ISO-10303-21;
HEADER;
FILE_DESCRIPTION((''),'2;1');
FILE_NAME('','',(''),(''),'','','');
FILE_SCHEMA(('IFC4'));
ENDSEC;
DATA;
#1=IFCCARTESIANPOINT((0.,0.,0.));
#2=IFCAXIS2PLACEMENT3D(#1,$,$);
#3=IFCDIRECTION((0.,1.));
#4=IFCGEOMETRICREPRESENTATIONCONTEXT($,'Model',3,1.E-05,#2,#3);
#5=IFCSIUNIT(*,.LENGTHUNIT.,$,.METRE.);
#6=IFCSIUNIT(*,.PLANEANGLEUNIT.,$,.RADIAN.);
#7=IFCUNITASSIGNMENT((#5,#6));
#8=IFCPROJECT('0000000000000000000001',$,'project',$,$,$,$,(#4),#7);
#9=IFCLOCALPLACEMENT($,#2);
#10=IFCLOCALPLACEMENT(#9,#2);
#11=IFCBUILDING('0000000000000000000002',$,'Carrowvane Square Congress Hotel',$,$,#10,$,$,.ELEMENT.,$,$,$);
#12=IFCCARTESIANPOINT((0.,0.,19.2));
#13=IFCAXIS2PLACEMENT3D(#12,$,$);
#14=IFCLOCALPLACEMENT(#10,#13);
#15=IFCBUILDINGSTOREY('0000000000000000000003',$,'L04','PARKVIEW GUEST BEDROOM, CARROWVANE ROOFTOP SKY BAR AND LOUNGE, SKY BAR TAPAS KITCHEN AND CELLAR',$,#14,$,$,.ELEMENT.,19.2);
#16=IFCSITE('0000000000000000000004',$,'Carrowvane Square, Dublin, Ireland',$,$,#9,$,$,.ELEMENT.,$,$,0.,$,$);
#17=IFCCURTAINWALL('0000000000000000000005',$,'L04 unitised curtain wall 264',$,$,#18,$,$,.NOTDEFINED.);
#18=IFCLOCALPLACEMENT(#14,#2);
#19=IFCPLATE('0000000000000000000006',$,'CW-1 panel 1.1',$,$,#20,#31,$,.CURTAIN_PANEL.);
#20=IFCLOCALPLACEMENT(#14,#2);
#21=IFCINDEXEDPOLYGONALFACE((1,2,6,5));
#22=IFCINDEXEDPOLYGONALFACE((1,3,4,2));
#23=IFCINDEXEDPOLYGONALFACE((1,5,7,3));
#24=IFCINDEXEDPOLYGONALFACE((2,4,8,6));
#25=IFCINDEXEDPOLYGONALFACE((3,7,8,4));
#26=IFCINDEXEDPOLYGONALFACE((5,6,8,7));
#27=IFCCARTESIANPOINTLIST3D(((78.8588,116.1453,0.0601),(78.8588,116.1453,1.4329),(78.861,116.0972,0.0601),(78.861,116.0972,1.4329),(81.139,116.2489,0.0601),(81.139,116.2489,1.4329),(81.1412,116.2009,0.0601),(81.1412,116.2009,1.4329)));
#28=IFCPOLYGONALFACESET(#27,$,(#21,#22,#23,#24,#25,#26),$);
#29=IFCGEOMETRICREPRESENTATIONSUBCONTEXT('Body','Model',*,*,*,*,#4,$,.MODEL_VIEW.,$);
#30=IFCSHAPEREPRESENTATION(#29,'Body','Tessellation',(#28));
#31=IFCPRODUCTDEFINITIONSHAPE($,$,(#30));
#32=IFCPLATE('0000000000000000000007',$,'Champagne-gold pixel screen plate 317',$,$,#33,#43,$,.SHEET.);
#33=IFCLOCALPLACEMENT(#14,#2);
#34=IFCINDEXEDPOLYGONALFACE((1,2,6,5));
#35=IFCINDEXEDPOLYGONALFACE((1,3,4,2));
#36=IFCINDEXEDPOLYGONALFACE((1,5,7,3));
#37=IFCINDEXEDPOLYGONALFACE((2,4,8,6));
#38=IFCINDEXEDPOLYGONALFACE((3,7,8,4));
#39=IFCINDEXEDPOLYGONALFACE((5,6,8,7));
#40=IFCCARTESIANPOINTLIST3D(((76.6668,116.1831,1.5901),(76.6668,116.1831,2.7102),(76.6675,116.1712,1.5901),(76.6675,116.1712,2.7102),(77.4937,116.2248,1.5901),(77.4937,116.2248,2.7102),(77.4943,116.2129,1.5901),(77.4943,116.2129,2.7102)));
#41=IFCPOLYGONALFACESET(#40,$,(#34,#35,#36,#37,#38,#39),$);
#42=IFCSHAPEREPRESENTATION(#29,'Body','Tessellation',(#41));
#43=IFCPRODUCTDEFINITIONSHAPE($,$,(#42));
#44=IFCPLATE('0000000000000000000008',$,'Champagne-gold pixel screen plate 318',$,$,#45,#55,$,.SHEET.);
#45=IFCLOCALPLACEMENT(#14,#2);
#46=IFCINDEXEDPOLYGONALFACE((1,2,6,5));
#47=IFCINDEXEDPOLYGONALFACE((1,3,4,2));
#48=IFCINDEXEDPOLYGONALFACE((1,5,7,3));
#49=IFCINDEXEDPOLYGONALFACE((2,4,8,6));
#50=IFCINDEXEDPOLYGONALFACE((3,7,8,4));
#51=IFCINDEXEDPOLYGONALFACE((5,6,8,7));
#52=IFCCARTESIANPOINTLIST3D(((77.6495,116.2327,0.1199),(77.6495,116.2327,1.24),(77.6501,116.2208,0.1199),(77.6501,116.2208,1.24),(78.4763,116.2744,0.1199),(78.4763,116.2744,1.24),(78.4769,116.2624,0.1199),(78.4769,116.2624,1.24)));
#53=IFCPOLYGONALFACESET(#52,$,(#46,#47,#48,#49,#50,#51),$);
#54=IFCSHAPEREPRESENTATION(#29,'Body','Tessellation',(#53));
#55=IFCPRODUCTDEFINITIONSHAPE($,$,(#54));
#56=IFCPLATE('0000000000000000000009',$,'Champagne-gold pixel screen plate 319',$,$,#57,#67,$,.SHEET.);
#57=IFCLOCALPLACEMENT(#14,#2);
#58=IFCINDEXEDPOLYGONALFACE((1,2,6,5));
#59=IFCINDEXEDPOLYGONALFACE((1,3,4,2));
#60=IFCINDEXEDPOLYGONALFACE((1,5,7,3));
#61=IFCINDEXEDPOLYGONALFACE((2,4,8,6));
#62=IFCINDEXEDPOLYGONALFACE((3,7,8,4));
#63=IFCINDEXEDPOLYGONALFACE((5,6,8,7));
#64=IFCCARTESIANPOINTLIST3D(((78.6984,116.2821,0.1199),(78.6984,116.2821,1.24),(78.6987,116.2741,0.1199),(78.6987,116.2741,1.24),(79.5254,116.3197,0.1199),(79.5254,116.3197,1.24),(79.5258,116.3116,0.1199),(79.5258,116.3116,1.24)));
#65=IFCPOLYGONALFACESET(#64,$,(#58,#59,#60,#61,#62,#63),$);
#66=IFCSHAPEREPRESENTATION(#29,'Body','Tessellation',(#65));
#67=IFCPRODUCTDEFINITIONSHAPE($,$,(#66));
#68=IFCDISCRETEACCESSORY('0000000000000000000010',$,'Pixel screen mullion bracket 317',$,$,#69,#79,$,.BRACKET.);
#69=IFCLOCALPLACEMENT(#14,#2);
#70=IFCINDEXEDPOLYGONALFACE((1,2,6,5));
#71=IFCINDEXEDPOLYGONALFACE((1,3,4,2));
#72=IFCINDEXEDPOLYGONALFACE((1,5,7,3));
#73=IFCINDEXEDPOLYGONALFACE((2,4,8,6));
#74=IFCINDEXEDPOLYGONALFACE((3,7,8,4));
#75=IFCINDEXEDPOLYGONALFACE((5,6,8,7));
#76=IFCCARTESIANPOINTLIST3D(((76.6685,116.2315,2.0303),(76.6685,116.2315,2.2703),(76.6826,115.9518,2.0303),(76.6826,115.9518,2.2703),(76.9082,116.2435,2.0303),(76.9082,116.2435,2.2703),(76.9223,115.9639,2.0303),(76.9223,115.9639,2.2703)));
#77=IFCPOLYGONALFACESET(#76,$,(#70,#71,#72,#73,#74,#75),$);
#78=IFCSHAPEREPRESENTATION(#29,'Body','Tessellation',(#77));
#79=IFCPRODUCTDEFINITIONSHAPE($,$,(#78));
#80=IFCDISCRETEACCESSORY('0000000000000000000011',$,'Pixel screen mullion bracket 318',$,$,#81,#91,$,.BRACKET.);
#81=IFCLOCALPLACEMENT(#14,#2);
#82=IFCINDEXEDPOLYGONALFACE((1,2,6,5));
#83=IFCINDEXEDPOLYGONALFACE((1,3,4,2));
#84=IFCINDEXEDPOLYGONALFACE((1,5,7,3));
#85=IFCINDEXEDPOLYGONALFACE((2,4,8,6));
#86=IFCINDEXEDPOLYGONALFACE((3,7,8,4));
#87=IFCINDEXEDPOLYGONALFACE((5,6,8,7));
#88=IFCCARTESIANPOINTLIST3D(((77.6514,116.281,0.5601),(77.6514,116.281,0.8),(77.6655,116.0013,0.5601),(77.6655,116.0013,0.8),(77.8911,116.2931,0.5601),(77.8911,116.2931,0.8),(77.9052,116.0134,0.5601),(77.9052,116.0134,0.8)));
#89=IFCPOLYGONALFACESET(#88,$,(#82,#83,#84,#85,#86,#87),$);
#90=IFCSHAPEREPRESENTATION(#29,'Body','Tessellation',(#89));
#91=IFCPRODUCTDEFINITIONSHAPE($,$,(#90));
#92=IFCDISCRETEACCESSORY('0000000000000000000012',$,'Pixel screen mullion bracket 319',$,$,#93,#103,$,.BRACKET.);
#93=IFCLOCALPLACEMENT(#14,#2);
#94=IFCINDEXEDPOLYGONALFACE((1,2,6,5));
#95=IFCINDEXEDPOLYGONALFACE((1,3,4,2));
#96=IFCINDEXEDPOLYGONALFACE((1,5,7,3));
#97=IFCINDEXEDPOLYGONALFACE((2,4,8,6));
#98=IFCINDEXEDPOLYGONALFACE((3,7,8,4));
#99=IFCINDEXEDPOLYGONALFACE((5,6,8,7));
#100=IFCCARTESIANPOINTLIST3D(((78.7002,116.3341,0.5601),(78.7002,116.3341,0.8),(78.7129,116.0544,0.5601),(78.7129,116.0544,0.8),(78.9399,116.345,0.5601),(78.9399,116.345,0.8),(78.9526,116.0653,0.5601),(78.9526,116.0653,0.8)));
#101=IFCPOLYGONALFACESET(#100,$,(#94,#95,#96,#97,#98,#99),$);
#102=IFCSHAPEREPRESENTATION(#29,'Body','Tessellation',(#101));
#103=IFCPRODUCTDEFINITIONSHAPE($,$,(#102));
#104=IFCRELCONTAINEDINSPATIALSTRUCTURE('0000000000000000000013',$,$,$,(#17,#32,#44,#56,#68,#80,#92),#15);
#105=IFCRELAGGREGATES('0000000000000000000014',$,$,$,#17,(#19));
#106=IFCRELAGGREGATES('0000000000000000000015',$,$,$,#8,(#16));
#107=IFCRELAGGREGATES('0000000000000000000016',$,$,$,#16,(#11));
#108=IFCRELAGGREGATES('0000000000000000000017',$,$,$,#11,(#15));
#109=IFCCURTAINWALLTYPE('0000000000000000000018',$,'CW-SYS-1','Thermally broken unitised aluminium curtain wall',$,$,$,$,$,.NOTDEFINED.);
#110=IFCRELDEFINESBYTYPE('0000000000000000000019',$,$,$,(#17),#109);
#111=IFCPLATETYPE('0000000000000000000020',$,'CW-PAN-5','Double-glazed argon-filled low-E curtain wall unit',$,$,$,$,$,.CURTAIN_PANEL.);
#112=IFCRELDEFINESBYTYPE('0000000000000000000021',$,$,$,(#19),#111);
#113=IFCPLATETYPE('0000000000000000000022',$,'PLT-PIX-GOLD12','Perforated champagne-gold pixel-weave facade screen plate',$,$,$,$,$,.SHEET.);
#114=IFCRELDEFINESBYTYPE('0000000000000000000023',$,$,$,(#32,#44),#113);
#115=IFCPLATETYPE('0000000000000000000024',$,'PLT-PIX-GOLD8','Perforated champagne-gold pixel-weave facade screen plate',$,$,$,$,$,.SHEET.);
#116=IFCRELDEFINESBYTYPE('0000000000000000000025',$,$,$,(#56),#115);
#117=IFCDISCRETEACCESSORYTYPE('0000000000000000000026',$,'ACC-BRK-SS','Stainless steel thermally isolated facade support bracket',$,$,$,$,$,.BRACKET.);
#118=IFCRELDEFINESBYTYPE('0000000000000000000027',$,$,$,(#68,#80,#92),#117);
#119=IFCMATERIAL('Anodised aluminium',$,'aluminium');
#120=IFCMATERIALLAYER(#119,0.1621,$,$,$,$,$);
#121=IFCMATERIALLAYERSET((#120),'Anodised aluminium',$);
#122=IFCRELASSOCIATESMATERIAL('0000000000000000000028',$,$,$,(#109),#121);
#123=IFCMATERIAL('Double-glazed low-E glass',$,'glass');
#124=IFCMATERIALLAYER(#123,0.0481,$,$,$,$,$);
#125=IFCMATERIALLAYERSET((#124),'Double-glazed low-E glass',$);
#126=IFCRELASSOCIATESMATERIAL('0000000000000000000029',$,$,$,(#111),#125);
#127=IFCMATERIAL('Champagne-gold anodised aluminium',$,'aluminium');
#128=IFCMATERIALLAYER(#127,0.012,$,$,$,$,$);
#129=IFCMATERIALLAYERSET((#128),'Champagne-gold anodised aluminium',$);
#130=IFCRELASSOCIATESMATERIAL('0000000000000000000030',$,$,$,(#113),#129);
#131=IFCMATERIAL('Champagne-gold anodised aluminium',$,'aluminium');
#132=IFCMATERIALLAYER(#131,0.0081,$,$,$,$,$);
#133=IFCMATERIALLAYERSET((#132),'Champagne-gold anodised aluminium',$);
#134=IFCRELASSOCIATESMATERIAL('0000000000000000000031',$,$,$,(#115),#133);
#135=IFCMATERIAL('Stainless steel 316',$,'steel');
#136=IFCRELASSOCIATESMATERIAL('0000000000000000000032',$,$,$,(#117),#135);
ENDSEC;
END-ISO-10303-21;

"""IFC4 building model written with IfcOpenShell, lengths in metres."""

from ifc_helpers import new_model, si_unit, direction, frame, origin, origin_2d, place, context, subcontext, project, spatial, rectangle, extrude, material, layer, layer_set, type_object, element, aggregate, save


model = new_model("IFC4")

# Units and contexts
model_context = context("Model", 3, precision=1e-05, world=origin(), true_north=direction((0.0, 1.0)))
body_context = subcontext(model_context, "Body", "Model", "MODEL_VIEW")
ifc_project = project(units=[si_unit("LENGTHUNIT", "METRE"), si_unit("PLANEANGLEUNIT", "RADIAN")], contexts=[model_context])

# Site, building, storey
site_placement = place(None, origin())
site = spatial("IfcSite", under=ifc_project, at=site_placement, Name="Carrowvane Square, Dublin, Ireland", CompositionType="ELEMENT", RefElevation=0.0)
building_placement = place(site_placement, origin())
building = spatial("IfcBuilding", under=site, at=building_placement, Name="Carrowvane Square Congress Hotel", CompositionType="ELEMENT")
storey_placement = place(building_placement, frame((0.0, 0.0, 19.2)))
storey = spatial("IfcBuildingStorey", under=building, at=storey_placement, Name="L04", Description="PARKVIEW GUEST BEDROOM, CARROWVANE ROOFTOP SKY BAR AND LOUNGE, SKY BAR TAPAS KITCHEN AND CELLAR", CompositionType="ELEMENT", Elevation=19.2)

# Curtain wall
ifc_material_1 = material(Name="Anodised aluminium", Category="aluminium")
ifc_layer_1 = layer(ifc_material_1, 0.1621)
ifc_layer_set_1 = layer_set([ifc_layer_1], Name="Anodised aluminium")
curtain_wall_type_1 = type_object("IfcCurtainWallType", Name="CW-SYS-1", Description="Thermally broken unitised aluminium curtain wall", PredefinedType="NOTDEFINED", material=ifc_layer_set_1)
curtain_wall_1_placement = place(storey_placement, origin())
curtain_wall_1 = element("IfcCurtainWall", 1, at=curtain_wall_1_placement, inside=storey, type_object=curtain_wall_type_1, Name="L04 unitised curtain wall 264", PredefinedType="NOTDEFINED")

# Plate
ifc_material_2 = material(Name="Double-glazed low-E glass", Category="glass")
ifc_layer_2 = layer(ifc_material_2, 0.0481)
ifc_layer_set_2 = layer_set([ifc_layer_2], Name="Double-glazed low-E glass")
plate_type_1 = type_object("IfcPlateType", Name="CW-PAN-5", Description="Double-glazed argon-filled low-E curtain wall unit", PredefinedType="CURTAIN_PANEL", material=ifc_layer_set_2)
plate_1_placement = place(storey_placement, frame((80.0, 116.1731, 0.0601), z_axis=(0.0, 0.0, 1.0), x_axis=(0.998968, 0.045411, 0.0)))
plate_1 = element("IfcPlate", 2, at=plate_1_placement, type_object=plate_type_1, Name="CW-1 panel 1.1", PredefinedType="CURTAIN_PANEL", context=body_context, shape_type="SweptSolid", body=[
    extrude(rectangle(XDim=2.2825, YDim=0.0481, at=origin_2d()), origin(), (0.0, 0.0, 1.0), 1.3728),
])
aggregate(curtain_wall_1, [plate_1])

# Plates
ifc_material_3 = material(Name="Champagne-gold anodised aluminium", Category="aluminium")
ifc_layer_3 = layer(ifc_material_3, 0.012)
ifc_layer_set_3 = layer_set([ifc_layer_3], Name="Champagne-gold anodised aluminium")
plate_type_2 = type_object("IfcPlateType", Name="PLT-PIX-GOLD12", Description="Perforated champagne-gold pixel-weave facade screen plate", PredefinedType="SHEET", material=ifc_layer_set_3)
for number, where, z_axis, x_axis, name in (
    (3, (77.0806, 116.198, 1.5901), (0.0, 0.0, 1.0), (0.998733, 0.050322, 0.0), "Champagne-gold pixel screen plate 317"),
    (4, (78.0632, 116.2476, 0.1199), (0.0, 0.0, 1.0), (0.998733, 0.050322, 0.0), "Champagne-gold pixel screen plate 318"),
):
    element("IfcPlate", number, at=place(storey_placement, frame(where, z_axis=z_axis, x_axis=x_axis)), inside=storey, type_object=plate_type_2, Name=name, PredefinedType="SHEET", context=body_context, shape_type="SweptSolid", body=[
        extrude(rectangle(XDim=0.8279, YDim=0.012, at=origin_2d()), origin(), (0.0, 0.0, 1.0), 1.1201),
    ])
ifc_material_4 = material(Name="Champagne-gold anodised aluminium", Category="aluminium")
ifc_layer_4 = layer(ifc_material_4, 0.0081)
ifc_layer_set_4 = layer_set([ifc_layer_4], Name="Champagne-gold anodised aluminium")
plate_type_3 = type_object("IfcPlateType", Name="PLT-PIX-GOLD8", Description="Perforated champagne-gold pixel-weave facade screen plate", PredefinedType="SHEET", material=ifc_layer_set_4)
plate_2_placement = place(storey_placement, frame((79.1121, 116.2969, 0.1199), z_axis=(0.0, 0.0, 1.0), x_axis=(0.998968, 0.045414, 0.0)))
element("IfcPlate", 5, at=plate_2_placement, inside=storey, type_object=plate_type_3, Name="Champagne-gold pixel screen plate 319", PredefinedType="SHEET", context=body_context, shape_type="SweptSolid", body=[
    extrude(rectangle(XDim=0.8279, YDim=0.0081, at=origin_2d()), origin(), (0.0, 0.0, 1.0), 1.1201),
])

# Discrete accessories
ifc_material_5 = material(Name="Stainless steel 316", Category="steel")
discrete_accessory_type = type_object("IfcDiscreteAccessoryType", Name="ACC-BRK-SS", Description="Stainless steel thermally isolated facade support bracket", PredefinedType="BRACKET", material=ifc_material_5)
for number, where, z_axis, x_axis, name in (
    (6, (76.7954, 116.0977, 2.0303), (0.0, 0.0, 1.0), (0.998733, 0.050322, 0.0), "Pixel screen mullion bracket 317"),
    (7, (77.7783, 116.1472, 0.5601), (0.0, 0.0, 1.0), (0.998733, 0.050322, 0.0), "Pixel screen mullion bracket 318"),
    (8, (78.8264, 116.1997, 0.5601), (0.0, 0.0, 1.0), (0.998968, 0.045414, 0.0), "Pixel screen mullion bracket 319"),
):
    element("IfcDiscreteAccessory", number, at=place(storey_placement, frame(where, z_axis=z_axis, x_axis=x_axis)), inside=storey, type_object=discrete_accessory_type, Name=name, PredefinedType="BRACKET", context=body_context, shape_type="SweptSolid", body=[
        extrude(rectangle(XDim=0.24, YDim=0.28, at=origin_2d()), origin(), (0.0, 0.0, 1.0), 0.24),
    ])

save(model, "model.ifc")
